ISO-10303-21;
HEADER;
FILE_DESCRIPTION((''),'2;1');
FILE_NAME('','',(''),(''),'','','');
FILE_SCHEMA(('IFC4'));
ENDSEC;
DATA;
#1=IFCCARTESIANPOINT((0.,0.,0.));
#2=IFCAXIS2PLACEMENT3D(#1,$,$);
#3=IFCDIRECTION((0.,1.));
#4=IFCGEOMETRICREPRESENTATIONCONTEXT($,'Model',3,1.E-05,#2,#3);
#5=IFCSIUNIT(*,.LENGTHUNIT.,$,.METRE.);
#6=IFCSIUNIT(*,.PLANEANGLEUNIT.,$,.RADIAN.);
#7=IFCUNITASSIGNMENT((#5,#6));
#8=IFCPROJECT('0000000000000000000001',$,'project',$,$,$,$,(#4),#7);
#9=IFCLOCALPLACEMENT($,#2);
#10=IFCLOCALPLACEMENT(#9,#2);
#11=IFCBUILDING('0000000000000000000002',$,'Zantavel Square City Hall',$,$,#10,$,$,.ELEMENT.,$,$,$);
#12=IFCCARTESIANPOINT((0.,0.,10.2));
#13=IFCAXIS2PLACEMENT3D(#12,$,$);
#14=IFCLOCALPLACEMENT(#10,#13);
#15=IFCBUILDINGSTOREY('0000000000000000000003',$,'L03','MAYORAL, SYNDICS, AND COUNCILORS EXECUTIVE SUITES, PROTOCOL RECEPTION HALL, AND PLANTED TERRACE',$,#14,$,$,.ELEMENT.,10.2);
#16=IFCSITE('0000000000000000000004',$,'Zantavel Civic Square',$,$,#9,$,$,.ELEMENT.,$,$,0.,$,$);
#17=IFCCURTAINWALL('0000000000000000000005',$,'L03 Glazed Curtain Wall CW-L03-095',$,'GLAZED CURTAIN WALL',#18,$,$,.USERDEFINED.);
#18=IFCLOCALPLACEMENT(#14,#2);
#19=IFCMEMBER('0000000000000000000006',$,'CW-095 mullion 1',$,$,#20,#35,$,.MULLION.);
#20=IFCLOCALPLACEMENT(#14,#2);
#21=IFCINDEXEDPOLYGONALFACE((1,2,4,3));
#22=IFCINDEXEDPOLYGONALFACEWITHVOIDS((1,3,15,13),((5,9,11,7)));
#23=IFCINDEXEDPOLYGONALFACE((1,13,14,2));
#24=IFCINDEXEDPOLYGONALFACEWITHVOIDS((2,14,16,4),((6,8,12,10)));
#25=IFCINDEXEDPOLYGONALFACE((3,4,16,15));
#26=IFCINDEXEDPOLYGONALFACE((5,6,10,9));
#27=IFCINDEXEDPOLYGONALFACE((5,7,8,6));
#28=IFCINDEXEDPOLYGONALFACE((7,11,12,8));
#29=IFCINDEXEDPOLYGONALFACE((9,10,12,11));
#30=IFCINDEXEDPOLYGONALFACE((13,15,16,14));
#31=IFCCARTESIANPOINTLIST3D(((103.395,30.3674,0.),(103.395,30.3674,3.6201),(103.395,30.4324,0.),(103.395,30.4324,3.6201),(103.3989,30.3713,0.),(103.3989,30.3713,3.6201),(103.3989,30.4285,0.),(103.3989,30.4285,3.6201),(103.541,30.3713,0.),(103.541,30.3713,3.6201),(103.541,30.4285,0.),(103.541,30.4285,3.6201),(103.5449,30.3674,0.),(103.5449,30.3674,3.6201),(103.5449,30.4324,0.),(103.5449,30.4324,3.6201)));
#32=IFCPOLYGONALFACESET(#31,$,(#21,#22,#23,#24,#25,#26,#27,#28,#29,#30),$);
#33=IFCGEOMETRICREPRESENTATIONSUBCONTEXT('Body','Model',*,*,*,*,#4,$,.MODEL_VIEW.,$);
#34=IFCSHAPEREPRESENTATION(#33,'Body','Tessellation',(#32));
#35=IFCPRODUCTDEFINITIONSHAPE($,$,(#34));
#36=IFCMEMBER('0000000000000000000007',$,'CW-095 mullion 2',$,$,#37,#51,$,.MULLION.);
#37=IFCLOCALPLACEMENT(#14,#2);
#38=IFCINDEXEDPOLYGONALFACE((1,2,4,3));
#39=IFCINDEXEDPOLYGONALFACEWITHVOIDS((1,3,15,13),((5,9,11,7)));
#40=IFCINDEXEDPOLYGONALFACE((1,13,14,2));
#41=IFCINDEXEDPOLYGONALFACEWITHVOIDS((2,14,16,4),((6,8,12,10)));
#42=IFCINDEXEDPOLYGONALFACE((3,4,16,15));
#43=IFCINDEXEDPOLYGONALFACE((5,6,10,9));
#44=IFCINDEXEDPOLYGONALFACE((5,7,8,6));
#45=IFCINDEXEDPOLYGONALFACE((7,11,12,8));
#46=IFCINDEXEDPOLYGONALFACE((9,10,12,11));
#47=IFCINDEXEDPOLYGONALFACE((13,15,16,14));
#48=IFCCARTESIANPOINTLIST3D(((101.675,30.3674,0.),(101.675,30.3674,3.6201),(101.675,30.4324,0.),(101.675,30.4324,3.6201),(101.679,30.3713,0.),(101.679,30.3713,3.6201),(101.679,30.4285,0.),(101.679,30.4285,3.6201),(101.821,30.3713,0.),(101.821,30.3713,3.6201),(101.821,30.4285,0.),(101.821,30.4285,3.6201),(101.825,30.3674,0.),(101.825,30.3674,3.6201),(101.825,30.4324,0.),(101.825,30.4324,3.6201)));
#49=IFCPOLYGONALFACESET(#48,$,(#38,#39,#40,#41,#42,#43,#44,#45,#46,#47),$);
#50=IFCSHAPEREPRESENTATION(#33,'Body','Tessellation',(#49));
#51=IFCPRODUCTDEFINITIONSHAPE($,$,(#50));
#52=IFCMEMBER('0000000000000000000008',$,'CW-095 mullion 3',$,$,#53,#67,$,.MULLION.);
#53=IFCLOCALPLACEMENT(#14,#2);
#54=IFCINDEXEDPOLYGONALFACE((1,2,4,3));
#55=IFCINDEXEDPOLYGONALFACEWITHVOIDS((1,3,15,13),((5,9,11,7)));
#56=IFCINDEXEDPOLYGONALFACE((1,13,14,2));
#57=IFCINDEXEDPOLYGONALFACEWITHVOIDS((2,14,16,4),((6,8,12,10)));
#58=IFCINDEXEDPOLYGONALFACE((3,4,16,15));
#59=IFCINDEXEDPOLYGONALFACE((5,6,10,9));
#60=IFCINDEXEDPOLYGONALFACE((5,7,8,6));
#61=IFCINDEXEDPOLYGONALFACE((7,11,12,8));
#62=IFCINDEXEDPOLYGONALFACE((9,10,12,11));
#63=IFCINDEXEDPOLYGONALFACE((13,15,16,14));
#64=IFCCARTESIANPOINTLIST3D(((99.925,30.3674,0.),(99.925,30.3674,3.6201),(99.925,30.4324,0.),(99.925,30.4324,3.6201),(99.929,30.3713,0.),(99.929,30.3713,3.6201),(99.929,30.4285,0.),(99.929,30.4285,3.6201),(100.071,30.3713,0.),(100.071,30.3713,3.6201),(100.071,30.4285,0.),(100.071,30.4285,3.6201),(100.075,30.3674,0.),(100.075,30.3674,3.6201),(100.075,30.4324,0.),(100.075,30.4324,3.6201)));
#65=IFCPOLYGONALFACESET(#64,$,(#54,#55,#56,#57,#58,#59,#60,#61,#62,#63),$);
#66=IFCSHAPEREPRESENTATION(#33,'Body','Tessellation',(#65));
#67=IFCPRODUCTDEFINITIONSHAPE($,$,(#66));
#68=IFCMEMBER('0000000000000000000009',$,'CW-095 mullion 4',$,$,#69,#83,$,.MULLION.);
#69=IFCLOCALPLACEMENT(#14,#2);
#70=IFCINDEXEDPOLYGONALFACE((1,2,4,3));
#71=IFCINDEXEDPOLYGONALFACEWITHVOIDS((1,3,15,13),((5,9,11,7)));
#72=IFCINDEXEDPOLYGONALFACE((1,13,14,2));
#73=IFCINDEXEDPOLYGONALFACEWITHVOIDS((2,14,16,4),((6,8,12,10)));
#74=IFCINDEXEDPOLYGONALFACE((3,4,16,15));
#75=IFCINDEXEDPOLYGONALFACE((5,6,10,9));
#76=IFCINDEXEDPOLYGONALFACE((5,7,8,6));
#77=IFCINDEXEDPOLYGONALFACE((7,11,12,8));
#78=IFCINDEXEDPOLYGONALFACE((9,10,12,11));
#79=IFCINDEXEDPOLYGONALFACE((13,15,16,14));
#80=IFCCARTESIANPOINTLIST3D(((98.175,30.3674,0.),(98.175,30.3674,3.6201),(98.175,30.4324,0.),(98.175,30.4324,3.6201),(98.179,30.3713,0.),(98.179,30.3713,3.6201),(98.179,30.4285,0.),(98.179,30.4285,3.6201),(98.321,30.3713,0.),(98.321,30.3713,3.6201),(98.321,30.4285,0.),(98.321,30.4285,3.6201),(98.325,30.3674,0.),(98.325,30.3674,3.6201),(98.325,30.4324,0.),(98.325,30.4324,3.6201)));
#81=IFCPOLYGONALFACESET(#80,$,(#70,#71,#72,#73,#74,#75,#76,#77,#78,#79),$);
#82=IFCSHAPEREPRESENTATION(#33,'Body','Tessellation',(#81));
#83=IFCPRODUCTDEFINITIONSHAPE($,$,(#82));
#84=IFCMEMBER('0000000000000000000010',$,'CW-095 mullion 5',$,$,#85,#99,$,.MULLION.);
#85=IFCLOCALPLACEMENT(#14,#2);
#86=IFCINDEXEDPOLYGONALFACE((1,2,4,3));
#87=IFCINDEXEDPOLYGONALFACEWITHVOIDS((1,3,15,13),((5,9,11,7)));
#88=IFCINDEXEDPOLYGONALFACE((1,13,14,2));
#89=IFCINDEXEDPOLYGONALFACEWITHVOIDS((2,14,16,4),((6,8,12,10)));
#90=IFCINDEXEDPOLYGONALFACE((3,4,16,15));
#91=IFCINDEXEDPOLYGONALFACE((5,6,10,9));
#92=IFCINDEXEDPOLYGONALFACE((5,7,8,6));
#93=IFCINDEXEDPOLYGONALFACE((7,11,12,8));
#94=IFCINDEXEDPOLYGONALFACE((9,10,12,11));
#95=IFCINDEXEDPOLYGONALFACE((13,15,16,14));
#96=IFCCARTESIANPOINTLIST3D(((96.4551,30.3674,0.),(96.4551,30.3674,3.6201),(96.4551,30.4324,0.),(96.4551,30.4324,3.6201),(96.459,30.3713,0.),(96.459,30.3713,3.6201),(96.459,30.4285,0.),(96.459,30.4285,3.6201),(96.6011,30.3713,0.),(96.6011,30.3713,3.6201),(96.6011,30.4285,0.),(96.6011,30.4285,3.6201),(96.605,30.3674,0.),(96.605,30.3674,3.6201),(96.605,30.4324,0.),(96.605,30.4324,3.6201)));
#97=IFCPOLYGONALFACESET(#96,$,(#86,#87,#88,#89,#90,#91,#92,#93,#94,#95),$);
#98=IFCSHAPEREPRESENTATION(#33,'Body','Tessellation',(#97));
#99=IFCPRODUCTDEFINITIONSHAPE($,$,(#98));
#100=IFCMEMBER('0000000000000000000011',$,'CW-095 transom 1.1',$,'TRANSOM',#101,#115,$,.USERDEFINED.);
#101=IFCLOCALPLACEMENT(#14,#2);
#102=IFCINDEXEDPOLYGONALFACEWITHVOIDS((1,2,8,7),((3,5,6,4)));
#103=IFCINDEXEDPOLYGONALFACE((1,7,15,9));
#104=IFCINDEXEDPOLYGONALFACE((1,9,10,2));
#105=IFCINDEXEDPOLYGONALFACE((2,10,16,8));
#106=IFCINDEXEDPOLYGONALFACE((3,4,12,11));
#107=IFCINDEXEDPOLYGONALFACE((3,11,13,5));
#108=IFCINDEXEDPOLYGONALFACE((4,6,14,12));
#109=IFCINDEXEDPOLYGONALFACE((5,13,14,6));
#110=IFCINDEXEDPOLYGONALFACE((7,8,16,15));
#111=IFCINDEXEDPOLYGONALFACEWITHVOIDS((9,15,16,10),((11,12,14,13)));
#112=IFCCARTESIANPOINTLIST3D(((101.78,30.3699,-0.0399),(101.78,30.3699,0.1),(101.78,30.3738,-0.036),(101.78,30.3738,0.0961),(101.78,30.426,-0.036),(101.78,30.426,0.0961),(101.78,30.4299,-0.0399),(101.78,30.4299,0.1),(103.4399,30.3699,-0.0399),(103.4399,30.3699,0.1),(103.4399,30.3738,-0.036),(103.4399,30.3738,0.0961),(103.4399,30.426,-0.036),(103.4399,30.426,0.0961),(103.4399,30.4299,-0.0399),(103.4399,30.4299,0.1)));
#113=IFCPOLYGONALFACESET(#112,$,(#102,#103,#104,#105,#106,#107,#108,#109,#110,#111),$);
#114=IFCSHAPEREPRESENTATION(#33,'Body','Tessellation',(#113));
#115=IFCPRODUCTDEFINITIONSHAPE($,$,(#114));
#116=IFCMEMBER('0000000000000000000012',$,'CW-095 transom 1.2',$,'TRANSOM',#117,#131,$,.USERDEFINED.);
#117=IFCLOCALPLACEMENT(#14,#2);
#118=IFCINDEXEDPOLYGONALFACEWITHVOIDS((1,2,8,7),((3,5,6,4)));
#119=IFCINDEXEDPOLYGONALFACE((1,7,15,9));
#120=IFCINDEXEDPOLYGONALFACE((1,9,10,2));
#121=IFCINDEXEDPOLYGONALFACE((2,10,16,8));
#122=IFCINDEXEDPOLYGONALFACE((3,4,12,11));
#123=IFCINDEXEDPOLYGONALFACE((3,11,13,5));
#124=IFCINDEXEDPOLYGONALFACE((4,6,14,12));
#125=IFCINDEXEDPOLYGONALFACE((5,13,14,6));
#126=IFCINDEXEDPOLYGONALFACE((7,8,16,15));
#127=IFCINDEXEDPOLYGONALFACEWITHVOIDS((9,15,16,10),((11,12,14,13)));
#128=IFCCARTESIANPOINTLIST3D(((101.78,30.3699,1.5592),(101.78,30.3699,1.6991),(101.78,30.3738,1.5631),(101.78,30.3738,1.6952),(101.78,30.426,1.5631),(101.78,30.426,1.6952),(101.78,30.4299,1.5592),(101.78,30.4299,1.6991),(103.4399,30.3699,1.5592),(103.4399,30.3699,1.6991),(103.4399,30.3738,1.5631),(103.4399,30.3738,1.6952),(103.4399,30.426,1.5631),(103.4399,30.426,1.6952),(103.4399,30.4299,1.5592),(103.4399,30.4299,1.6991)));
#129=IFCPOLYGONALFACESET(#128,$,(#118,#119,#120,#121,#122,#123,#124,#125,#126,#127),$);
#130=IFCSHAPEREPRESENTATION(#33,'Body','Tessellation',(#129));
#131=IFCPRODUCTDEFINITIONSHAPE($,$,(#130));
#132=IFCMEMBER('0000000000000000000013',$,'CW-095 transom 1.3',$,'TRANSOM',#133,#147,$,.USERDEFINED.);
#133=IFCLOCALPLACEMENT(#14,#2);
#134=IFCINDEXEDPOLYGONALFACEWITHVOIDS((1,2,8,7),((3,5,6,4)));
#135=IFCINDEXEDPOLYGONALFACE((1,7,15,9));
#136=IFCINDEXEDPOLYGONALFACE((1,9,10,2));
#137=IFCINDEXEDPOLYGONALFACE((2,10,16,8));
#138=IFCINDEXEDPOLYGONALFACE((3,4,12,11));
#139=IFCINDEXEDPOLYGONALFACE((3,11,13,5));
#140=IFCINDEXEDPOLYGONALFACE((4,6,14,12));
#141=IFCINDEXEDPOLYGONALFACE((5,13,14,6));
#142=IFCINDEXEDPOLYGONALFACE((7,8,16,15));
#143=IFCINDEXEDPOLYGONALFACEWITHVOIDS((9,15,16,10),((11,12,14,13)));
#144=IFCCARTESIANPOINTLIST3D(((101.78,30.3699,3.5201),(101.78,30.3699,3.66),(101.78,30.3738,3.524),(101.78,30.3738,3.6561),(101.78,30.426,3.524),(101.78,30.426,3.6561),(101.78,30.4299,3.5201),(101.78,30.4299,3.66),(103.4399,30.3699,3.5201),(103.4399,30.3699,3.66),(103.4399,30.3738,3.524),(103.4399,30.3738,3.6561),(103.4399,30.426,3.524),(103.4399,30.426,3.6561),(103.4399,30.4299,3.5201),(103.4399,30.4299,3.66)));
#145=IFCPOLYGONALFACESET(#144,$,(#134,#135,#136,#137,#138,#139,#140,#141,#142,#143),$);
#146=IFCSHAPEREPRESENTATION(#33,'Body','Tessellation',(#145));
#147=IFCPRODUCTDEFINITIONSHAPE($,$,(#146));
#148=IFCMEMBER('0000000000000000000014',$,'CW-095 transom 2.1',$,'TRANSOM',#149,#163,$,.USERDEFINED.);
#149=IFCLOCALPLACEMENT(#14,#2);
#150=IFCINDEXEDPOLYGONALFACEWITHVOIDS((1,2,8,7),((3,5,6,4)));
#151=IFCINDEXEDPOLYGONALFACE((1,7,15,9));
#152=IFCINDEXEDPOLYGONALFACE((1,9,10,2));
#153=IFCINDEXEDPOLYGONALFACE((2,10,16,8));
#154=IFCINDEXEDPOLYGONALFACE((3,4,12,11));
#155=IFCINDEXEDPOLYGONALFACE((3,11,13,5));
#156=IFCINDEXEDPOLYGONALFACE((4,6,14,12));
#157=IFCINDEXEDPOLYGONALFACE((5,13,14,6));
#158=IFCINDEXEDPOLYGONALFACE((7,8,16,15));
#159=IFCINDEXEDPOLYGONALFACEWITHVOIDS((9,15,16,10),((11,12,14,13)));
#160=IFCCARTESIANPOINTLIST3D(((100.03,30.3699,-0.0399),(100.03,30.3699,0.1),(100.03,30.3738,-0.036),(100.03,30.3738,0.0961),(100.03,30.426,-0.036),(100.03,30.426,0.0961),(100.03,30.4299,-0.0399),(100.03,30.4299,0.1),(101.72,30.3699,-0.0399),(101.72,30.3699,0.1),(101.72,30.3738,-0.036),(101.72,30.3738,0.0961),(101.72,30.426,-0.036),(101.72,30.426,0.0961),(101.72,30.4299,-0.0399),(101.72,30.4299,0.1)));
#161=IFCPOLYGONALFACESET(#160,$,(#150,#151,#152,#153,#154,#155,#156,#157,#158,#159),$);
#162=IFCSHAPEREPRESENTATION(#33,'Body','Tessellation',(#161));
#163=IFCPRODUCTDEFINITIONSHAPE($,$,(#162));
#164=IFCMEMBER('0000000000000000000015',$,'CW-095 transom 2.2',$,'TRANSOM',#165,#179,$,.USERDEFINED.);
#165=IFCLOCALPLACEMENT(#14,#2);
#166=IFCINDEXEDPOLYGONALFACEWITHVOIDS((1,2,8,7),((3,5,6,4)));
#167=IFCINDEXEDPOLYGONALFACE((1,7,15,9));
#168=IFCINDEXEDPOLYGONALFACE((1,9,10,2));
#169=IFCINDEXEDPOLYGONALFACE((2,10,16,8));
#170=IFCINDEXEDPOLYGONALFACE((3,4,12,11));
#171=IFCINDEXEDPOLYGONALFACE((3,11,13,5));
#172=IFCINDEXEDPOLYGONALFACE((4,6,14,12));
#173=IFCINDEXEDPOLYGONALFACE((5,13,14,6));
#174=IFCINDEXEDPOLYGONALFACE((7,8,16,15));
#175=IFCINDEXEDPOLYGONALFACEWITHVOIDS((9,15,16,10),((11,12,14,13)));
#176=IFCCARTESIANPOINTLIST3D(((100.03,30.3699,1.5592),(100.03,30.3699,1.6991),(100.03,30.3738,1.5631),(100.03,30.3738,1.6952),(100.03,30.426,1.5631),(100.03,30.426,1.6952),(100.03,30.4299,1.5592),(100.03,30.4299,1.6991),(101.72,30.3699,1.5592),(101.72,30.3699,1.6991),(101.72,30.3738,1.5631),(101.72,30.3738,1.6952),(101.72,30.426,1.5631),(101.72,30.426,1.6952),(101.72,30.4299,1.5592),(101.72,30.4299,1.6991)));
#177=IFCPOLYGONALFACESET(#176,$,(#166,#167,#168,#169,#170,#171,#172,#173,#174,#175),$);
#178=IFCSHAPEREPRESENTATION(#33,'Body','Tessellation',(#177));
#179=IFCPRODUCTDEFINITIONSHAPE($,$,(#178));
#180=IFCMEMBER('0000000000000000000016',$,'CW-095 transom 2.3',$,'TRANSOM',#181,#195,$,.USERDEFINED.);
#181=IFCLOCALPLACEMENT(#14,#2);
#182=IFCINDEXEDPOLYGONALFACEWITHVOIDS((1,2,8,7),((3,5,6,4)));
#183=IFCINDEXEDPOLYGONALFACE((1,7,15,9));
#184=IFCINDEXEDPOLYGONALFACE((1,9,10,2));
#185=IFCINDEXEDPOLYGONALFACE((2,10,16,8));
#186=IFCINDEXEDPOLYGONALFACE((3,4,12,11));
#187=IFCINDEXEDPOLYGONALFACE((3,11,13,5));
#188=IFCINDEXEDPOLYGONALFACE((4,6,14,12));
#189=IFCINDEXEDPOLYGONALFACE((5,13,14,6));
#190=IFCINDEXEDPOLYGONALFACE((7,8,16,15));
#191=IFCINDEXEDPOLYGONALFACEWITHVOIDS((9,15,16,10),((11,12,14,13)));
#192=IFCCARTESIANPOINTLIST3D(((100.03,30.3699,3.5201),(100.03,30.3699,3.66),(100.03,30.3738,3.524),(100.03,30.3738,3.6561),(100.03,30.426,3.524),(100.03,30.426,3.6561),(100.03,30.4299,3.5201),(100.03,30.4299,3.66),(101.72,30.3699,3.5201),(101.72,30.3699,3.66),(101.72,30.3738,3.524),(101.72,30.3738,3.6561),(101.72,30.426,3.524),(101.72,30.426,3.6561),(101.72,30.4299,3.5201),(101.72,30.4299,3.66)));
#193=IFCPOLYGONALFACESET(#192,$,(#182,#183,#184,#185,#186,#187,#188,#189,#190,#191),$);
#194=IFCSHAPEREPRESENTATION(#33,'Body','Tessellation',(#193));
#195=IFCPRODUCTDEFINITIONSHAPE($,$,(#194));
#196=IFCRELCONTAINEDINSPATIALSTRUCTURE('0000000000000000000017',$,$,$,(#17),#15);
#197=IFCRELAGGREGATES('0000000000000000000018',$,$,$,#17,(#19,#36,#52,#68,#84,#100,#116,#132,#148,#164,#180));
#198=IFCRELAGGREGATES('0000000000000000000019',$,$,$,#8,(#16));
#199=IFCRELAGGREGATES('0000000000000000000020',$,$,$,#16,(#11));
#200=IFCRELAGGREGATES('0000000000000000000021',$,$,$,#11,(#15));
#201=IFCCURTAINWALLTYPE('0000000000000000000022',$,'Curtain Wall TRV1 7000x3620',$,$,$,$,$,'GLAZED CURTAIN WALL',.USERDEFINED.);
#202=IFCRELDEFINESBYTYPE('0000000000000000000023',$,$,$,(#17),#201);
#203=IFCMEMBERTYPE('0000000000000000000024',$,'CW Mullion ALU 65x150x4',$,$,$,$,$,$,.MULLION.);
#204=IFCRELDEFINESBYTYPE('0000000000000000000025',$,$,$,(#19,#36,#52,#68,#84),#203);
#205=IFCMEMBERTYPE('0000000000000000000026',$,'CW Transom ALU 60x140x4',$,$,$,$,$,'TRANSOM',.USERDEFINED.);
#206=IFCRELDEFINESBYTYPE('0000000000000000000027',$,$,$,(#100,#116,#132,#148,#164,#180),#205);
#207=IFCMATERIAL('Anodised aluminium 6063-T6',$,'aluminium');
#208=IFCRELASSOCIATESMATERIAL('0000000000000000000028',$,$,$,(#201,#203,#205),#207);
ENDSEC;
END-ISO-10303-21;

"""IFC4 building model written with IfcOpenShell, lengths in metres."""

from ifc_helpers import new_model, si_unit, direction, frame, origin, origin_2d, place, context, subcontext, project, spatial, hollow_rectangle, extrude, material, material_profile, profile_set, type_object, element, aggregate, save


model = new_model("IFC4")

# Units and contexts
model_context = context("Model", 3, precision=1e-05, world=origin(), true_north=direction((0.0, 1.0)))
body_context = subcontext(model_context, "Body", "Model", "MODEL_VIEW")
ifc_project = project(units=[si_unit("LENGTHUNIT", "METRE"), si_unit("PLANEANGLEUNIT", "RADIAN")], contexts=[model_context])

# Site, building, storey
site_placement = place(None, origin())
site = spatial("IfcSite", under=ifc_project, at=site_placement, Name="Zantavel Civic Square", CompositionType="ELEMENT", RefElevation=0.0)
building_placement = place(site_placement, origin())
building = spatial("IfcBuilding", under=site, at=building_placement, Name="Zantavel Square City Hall", CompositionType="ELEMENT")
storey_placement = place(building_placement, frame((0.0, 0.0, 10.2)))
storey = spatial("IfcBuildingStorey", under=building, at=storey_placement, Name="L03", Description="MAYORAL, SYNDICS, AND COUNCILORS EXECUTIVE SUITES, PROTOCOL RECEPTION HALL, AND PLANTED TERRACE", CompositionType="ELEMENT", Elevation=10.2)

# Curtain wall, members
ifc_material_1 = material(Name="Anodised aluminium 6063-T6", Category="aluminium")
curtain_wall_type = type_object("IfcCurtainWallType", Name="Curtain Wall TRV1 7000x3620", ElementType="GLAZED CURTAIN WALL", PredefinedType="USERDEFINED", material=ifc_material_1)
curtain_wall_placement = place(storey_placement, origin())
curtain_wall = element("IfcCurtainWall", 1, at=curtain_wall_placement, inside=storey, type_object=curtain_wall_type, Name="L03 Glazed Curtain Wall CW-L03-095", ObjectType="GLAZED CURTAIN WALL", PredefinedType="USERDEFINED")
ifc_material_profile_1 = material_profile(ifc_material_1, hollow_rectangle(XDim=0.0649, YDim=0.1499, WallThickness=0.0039, at=origin_2d()), Name="ALU 65x150x4")
ifc_profile_set_1 = profile_set([ifc_material_profile_1], Name="Anodised aluminium 6063-T6")
member_type_1 = type_object("IfcMemberType", Name="CW Mullion ALU 65x150x4", PredefinedType="MULLION", material=ifc_profile_set_1)
member_1_placement = place(storey_placement, frame((103.47, 30.3999, 0.0), z_axis=(0.0, 0.0, 1.0), x_axis=(0.0, -1.0, 0.0)))
member_1 = element("IfcMember", 2, at=member_1_placement, type_object=member_type_1, Name="CW-095 mullion 1", PredefinedType="MULLION", context=body_context, shape_type="SweptSolid", body=[
    extrude(hollow_rectangle(XDim=0.0649, YDim=0.1499, WallThickness=0.0039, at=origin_2d()), origin(), (0.0, 0.0, 1.0), 3.6201),
])
member_2_placement = place(storey_placement, frame((101.75, 30.3999, 0.0), z_axis=(0.0, 0.0, 1.0), x_axis=(0.0, -1.0, 0.0)))
member_2 = element("IfcMember", 3, at=member_2_placement, type_object=member_type_1, Name="CW-095 mullion 2", PredefinedType="MULLION", context=body_context, shape_type="SweptSolid", body=[
    extrude(hollow_rectangle(XDim=0.0649, YDim=0.1499, WallThickness=0.0039, at=origin_2d()), origin(), (0.0, 0.0, 1.0), 3.6201),
])
member_3_placement = place(storey_placement, frame((100.0, 30.3999, 0.0), z_axis=(0.0, 0.0, 1.0), x_axis=(0.0, -1.0, 0.0)))
member_3 = element("IfcMember", 4, at=member_3_placement, type_object=member_type_1, Name="CW-095 mullion 3", PredefinedType="MULLION", context=body_context, shape_type="SweptSolid", body=[
    extrude(hollow_rectangle(XDim=0.0649, YDim=0.1499, WallThickness=0.0039, at=origin_2d()), origin(), (0.0, 0.0, 1.0), 3.6201),
])
member_4_placement = place(storey_placement, frame((98.25, 30.3999, 0.0), z_axis=(0.0, 0.0, 1.0), x_axis=(0.0, -1.0, 0.0)))
member_4 = element("IfcMember", 5, at=member_4_placement, type_object=member_type_1, Name="CW-095 mullion 4", PredefinedType="MULLION", context=body_context, shape_type="SweptSolid", body=[
    extrude(hollow_rectangle(XDim=0.0649, YDim=0.1499, WallThickness=0.0039, at=origin_2d()), origin(), (0.0, 0.0, 1.0), 3.6201),
])
member_5_placement = place(storey_placement, frame((96.53, 30.3999, 0.0), z_axis=(0.0, 0.0, 1.0), x_axis=(0.0, -1.0, 0.0)))
member_5 = element("IfcMember", 6, at=member_5_placement, type_object=member_type_1, Name="CW-095 mullion 5", PredefinedType="MULLION", context=body_context, shape_type="SweptSolid", body=[
    extrude(hollow_rectangle(XDim=0.0649, YDim=0.1499, WallThickness=0.0039, at=origin_2d()), origin(), (0.0, 0.0, 1.0), 3.6201),
])
ifc_material_profile_2 = material_profile(ifc_material_1, hollow_rectangle(XDim=0.0601, YDim=0.1399, WallThickness=0.0039, at=origin_2d()), Name="ALU 60x140x4")
ifc_profile_set_2 = profile_set([ifc_material_profile_2], Name="Anodised aluminium 6063-T6")
member_type_2 = type_object("IfcMemberType", Name="CW Transom ALU 60x140x4", ElementType="TRANSOM", PredefinedType="USERDEFINED", material=ifc_profile_set_2)
member_6_placement = place(storey_placement, frame((103.4399, 30.3999, 0.03), z_axis=(-1.0, 0.0, 0.0), x_axis=(0.0, -1.0, 0.0)))
member_6 = element("IfcMember", 7, at=member_6_placement, type_object=member_type_2, Name="CW-095 transom 1.1", ObjectType="TRANSOM", PredefinedType="USERDEFINED", context=body_context, shape_type="SweptSolid", body=[
    extrude(hollow_rectangle(XDim=0.0601, YDim=0.1399, WallThickness=0.0039, at=origin_2d()), origin(), (0.0, 0.0, 1.0), 1.6599),
])
member_7_placement = place(storey_placement, frame((103.4399, 30.3999, 1.6292), z_axis=(-1.0, 0.0, 0.0), x_axis=(0.0, -1.0, 0.0)))
member_7 = element("IfcMember", 8, at=member_7_placement, type_object=member_type_2, Name="CW-095 transom 1.2", ObjectType="TRANSOM", PredefinedType="USERDEFINED", context=body_context, shape_type="SweptSolid", body=[
    extrude(hollow_rectangle(XDim=0.0601, YDim=0.1399, WallThickness=0.0039, at=origin_2d()), origin(), (0.0, 0.0, 1.0), 1.6599),
])
member_8_placement = place(storey_placement, frame((103.4399, 30.3999, 3.5901), z_axis=(-1.0, 0.0, 0.0), x_axis=(0.0, -1.0, 0.0)))
member_8 = element("IfcMember", 9, at=member_8_placement, type_object=member_type_2, Name="CW-095 transom 1.3", ObjectType="TRANSOM", PredefinedType="USERDEFINED", context=body_context, shape_type="SweptSolid", body=[
    extrude(hollow_rectangle(XDim=0.0601, YDim=0.1399, WallThickness=0.0039, at=origin_2d()), origin(), (0.0, 0.0, 1.0), 1.6599),
])
member_9_placement = place(storey_placement, frame((101.72, 30.3999, 0.03), z_axis=(-1.0, 0.0, 0.0), x_axis=(0.0, -1.0, 0.0)))
member_9 = element("IfcMember", 10, at=member_9_placement, type_object=member_type_2, Name="CW-095 transom 2.1", ObjectType="TRANSOM", PredefinedType="USERDEFINED", context=body_context, shape_type="SweptSolid", body=[
    extrude(hollow_rectangle(XDim=0.0601, YDim=0.1399, WallThickness=0.0039, at=origin_2d()), origin(), (0.0, 0.0, 1.0), 1.6899),
])
member_10_placement = place(storey_placement, frame((101.72, 30.3999, 1.6292), z_axis=(-1.0, 0.0, 0.0), x_axis=(0.0, -1.0, 0.0)))
member_10 = element("IfcMember", 11, at=member_10_placement, type_object=member_type_2, Name="CW-095 transom 2.2", ObjectType="TRANSOM", PredefinedType="USERDEFINED", context=body_context, shape_type="SweptSolid", body=[
    extrude(hollow_rectangle(XDim=0.0601, YDim=0.1399, WallThickness=0.0039, at=origin_2d()), origin(), (0.0, 0.0, 1.0), 1.6899),
])
member_11_placement = place(storey_placement, frame((101.72, 30.3999, 3.5901), z_axis=(-1.0, 0.0, 0.0), x_axis=(0.0, -1.0, 0.0)))
member_11 = element("IfcMember", 12, at=member_11_placement, type_object=member_type_2, Name="CW-095 transom 2.3", ObjectType="TRANSOM", PredefinedType="USERDEFINED", context=body_context, shape_type="SweptSolid", body=[
    extrude(hollow_rectangle(XDim=0.0601, YDim=0.1399, WallThickness=0.0039, at=origin_2d()), origin(), (0.0, 0.0, 1.0), 1.6899),
])

aggregate(curtain_wall, [member_1, member_2, member_3, member_4, member_5, member_6, member_7, member_8, member_9, member_10, member_11])

save(model, "model.ifc")
